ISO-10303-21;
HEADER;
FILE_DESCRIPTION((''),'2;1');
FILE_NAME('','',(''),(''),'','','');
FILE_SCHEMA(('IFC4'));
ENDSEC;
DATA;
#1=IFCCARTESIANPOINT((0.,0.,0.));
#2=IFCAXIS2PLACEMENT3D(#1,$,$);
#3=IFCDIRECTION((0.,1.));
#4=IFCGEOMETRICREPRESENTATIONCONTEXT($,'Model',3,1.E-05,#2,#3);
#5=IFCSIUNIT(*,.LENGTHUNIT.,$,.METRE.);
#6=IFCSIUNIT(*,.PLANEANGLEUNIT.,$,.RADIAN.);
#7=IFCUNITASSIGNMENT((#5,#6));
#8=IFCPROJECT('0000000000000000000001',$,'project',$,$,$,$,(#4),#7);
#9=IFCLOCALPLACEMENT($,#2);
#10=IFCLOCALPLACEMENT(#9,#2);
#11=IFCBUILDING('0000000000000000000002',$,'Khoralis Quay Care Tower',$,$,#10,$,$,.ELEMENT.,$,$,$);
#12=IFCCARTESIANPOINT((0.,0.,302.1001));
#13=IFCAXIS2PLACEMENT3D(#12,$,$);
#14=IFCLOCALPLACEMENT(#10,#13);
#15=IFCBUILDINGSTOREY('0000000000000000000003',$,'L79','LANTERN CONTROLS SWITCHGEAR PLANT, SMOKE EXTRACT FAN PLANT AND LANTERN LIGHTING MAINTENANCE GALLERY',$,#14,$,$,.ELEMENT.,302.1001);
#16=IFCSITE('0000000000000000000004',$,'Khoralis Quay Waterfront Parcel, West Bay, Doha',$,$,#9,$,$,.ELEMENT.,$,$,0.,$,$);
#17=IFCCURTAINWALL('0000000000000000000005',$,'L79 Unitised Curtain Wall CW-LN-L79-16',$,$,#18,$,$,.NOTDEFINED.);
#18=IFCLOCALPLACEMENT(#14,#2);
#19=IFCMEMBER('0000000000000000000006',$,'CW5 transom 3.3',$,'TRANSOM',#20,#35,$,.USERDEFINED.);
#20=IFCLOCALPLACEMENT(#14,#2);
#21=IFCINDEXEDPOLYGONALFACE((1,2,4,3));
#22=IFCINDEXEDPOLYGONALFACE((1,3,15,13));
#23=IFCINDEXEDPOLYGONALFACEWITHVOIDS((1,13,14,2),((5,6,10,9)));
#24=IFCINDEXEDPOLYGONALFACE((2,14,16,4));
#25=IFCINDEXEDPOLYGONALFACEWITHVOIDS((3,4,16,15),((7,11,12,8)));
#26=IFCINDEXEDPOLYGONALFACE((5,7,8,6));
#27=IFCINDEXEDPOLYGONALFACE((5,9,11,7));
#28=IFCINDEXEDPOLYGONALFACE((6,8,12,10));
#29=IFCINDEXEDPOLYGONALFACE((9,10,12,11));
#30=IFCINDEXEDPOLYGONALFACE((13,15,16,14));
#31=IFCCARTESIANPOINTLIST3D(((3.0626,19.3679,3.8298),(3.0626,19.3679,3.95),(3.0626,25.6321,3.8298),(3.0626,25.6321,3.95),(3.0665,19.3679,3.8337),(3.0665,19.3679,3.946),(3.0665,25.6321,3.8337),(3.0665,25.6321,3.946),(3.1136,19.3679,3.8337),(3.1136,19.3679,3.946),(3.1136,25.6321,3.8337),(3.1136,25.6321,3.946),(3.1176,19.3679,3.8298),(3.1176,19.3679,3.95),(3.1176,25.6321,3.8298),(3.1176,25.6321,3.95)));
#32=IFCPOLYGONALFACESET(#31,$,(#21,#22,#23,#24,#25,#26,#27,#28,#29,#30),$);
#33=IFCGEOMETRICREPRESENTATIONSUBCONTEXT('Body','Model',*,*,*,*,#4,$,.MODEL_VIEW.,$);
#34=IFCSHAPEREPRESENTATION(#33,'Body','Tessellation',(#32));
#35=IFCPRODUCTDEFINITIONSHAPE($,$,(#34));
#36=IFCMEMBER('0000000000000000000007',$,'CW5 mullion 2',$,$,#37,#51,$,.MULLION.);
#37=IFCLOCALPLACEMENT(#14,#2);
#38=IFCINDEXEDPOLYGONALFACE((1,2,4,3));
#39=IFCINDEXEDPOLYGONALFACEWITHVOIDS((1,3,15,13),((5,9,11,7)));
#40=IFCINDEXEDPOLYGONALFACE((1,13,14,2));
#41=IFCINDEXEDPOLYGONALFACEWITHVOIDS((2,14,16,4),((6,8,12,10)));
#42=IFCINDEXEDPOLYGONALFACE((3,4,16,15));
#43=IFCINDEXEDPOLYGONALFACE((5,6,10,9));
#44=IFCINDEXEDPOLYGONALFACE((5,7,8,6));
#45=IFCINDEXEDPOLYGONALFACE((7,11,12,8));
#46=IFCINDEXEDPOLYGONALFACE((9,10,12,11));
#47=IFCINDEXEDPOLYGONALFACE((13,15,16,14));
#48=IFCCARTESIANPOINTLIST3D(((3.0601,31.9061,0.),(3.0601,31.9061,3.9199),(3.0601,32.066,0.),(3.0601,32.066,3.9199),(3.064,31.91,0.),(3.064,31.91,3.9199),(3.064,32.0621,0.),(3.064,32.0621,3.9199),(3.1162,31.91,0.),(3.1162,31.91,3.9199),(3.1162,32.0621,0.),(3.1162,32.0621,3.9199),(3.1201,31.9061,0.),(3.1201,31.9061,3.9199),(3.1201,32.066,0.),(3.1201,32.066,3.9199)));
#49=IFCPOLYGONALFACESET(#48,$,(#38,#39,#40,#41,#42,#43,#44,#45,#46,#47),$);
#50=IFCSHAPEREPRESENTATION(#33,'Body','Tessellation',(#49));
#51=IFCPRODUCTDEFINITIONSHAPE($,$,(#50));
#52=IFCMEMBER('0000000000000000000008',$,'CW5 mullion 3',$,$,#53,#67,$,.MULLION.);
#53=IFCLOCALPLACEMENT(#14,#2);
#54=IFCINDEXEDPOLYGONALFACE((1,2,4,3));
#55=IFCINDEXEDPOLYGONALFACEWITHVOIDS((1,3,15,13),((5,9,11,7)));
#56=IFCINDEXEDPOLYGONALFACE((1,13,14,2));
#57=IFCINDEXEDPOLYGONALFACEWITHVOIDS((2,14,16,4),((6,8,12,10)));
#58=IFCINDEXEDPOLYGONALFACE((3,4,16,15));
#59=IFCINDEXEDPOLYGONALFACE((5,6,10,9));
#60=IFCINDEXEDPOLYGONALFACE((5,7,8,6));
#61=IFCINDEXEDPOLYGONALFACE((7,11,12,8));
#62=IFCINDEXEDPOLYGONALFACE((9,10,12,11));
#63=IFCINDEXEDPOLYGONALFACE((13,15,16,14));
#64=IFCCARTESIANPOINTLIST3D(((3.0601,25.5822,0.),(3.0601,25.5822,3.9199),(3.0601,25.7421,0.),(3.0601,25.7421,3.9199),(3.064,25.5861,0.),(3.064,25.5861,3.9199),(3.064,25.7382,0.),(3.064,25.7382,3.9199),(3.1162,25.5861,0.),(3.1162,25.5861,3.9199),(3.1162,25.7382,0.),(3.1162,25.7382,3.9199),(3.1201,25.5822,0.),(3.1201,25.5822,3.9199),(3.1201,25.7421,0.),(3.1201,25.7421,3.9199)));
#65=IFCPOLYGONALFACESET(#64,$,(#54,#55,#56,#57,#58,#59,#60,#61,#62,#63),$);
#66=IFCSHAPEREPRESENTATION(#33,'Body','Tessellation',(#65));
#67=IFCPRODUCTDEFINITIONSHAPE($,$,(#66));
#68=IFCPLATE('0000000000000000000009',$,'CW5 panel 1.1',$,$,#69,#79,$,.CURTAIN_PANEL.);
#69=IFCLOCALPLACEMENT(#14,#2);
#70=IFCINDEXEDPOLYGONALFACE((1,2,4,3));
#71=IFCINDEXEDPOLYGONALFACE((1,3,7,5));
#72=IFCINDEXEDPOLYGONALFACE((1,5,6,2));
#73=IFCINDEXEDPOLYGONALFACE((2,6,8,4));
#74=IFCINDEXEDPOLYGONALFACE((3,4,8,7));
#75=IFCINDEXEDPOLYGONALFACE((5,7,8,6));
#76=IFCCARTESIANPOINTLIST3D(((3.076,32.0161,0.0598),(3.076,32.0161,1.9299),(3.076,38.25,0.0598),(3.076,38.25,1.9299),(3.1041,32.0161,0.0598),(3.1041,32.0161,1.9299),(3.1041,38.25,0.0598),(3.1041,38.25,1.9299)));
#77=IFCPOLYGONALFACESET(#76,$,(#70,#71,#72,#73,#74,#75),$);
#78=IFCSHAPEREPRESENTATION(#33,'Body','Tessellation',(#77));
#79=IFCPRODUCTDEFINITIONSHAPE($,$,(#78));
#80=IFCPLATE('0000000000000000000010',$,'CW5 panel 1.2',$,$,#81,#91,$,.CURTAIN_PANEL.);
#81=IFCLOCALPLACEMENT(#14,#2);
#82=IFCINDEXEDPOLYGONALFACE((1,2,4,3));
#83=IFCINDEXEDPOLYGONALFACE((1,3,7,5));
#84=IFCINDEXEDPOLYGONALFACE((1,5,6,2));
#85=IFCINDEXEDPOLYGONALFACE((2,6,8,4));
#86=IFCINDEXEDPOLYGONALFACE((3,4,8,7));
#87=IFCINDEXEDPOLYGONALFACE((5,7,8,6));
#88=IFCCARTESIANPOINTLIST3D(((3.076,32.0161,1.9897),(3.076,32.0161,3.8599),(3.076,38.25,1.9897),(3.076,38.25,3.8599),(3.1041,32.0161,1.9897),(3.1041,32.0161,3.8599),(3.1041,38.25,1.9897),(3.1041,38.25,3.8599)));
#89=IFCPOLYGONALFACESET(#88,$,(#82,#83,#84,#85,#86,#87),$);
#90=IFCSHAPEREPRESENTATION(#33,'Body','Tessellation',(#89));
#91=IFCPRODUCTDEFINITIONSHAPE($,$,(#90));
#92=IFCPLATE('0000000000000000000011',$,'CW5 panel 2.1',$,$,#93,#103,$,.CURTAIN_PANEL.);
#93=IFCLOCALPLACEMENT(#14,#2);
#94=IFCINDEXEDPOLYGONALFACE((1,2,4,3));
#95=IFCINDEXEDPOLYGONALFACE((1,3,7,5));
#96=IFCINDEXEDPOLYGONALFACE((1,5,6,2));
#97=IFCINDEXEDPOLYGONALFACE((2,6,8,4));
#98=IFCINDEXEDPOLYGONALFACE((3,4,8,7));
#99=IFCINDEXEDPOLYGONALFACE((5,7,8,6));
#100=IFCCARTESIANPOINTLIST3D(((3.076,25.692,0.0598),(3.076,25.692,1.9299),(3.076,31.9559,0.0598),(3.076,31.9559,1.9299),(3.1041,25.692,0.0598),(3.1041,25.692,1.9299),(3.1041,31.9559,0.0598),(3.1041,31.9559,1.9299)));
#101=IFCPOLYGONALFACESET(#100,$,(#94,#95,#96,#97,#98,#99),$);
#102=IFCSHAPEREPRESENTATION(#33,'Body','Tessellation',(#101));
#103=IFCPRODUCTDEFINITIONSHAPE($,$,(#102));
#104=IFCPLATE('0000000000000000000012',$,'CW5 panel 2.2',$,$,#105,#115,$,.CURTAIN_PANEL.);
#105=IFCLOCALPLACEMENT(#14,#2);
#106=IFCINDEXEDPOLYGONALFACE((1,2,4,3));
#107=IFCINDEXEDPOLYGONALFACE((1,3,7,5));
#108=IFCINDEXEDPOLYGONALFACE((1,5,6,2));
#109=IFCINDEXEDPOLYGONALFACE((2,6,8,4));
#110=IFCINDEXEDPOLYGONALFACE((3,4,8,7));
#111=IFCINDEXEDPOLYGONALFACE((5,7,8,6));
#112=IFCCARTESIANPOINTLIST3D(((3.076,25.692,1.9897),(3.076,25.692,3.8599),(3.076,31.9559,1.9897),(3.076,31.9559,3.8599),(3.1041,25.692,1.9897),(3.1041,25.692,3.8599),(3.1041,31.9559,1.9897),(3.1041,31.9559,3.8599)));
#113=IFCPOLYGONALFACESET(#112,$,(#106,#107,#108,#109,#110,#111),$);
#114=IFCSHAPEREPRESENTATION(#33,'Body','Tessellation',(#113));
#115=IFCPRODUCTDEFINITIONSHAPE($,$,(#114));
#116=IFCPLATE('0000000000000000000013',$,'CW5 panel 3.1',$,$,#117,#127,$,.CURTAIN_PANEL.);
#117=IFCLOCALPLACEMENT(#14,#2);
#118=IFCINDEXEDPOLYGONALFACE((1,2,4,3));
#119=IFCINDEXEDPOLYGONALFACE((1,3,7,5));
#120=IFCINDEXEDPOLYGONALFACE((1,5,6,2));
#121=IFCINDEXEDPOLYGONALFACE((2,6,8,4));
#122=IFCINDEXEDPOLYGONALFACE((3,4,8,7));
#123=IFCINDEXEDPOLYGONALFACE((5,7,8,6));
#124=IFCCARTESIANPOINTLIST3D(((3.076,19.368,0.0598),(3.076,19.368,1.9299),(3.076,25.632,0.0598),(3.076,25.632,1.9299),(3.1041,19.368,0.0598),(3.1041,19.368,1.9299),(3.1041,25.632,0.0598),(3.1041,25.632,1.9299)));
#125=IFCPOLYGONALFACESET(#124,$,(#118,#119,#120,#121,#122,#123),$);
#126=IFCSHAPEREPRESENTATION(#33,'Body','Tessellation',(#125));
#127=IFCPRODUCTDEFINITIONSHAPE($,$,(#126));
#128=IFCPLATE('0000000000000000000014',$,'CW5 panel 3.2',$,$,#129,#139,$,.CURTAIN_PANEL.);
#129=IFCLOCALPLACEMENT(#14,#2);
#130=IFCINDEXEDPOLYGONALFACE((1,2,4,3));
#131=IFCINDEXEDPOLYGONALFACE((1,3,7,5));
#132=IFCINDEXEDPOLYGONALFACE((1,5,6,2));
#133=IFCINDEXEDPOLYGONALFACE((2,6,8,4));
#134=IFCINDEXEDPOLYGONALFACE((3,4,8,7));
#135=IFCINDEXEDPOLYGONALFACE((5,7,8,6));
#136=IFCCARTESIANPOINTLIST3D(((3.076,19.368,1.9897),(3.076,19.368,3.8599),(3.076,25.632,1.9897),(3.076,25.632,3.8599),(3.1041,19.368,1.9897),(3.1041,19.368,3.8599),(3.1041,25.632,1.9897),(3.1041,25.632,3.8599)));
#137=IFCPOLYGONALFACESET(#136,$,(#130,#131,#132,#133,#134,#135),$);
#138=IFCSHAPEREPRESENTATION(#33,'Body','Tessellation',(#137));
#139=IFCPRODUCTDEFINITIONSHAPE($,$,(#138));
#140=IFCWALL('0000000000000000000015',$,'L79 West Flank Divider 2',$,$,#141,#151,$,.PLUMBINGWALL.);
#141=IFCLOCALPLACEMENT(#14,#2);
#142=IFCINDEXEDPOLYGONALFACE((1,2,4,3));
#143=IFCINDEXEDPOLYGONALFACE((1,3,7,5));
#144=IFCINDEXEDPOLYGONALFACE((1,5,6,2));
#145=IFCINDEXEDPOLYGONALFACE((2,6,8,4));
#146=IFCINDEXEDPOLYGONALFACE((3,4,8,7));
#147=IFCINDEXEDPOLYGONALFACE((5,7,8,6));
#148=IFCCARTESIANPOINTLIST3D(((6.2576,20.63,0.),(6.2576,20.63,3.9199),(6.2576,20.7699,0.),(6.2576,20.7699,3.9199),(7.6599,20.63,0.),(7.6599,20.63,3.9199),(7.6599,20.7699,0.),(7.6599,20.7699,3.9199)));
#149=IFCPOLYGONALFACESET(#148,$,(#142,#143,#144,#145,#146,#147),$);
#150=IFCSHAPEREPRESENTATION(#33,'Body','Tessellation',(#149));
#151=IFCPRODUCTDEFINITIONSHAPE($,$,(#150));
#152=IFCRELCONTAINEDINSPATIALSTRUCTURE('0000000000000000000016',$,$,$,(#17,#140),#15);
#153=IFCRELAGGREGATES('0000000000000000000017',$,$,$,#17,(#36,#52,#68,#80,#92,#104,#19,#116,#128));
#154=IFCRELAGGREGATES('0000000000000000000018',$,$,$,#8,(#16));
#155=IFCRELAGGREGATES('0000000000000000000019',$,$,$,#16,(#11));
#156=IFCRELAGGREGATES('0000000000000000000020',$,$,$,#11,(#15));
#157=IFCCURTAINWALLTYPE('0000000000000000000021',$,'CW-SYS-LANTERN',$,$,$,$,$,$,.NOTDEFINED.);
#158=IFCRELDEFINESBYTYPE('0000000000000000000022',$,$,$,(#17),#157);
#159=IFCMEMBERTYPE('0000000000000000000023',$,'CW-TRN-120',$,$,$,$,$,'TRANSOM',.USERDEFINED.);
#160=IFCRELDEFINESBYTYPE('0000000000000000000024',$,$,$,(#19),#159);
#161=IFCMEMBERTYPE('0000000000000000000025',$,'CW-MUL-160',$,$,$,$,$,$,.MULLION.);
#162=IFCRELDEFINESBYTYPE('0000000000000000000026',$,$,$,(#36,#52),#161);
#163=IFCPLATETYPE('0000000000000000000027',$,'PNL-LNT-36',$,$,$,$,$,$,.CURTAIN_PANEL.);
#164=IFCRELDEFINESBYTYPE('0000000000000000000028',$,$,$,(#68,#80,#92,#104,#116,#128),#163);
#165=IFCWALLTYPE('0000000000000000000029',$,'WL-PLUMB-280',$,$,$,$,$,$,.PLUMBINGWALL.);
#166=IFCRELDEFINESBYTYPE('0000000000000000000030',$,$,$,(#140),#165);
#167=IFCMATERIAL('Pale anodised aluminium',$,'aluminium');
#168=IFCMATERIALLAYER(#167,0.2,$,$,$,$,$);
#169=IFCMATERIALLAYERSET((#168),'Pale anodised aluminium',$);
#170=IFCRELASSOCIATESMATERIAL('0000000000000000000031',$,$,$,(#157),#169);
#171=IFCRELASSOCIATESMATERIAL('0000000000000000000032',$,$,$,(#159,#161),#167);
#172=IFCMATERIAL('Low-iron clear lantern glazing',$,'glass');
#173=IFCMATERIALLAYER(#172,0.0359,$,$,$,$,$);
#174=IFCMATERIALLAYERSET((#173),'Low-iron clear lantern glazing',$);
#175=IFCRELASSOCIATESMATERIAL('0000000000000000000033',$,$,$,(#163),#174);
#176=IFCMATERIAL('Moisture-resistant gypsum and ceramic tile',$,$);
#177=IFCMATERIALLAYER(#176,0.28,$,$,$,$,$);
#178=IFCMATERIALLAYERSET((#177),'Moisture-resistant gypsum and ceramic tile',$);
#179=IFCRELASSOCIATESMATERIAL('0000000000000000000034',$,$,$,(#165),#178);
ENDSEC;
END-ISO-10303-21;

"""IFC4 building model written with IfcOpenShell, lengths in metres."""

from ifc_helpers import new_model, si_unit, direction, frame, frame_2d, origin, origin_2d, place, context, subcontext, project, spatial, rectangle, hollow_rectangle, extrude, source, transform, mapped, material, layer, layer_set, material_profile, profile_set, type_object, element, aggregate, save


model = new_model("IFC4")

# Units and contexts
model_context = context("Model", 3, precision=1e-05, world=origin(), true_north=direction((0.0, 1.0)))
body_context = subcontext(model_context, "Body", "Model", "MODEL_VIEW")
ifc_project = project(units=[si_unit("LENGTHUNIT", "METRE"), si_unit("PLANEANGLEUNIT", "RADIAN")], contexts=[model_context])

# Site, building, storey
site_placement = place(None, origin())
site = spatial("IfcSite", under=ifc_project, at=site_placement, Name="Khoralis Quay Waterfront Parcel, West Bay, Doha", CompositionType="ELEMENT", RefElevation=0.0)
building_placement = place(site_placement, origin())
building = spatial("IfcBuilding", under=site, at=building_placement, Name="Khoralis Quay Care Tower", CompositionType="ELEMENT")
storey_placement = place(building_placement, frame((0.0, 0.0, 302.1001)))
storey = spatial("IfcBuildingStorey", under=building, at=storey_placement, Name="L79", Description="LANTERN CONTROLS SWITCHGEAR PLANT, SMOKE EXTRACT FAN PLANT AND LANTERN LIGHTING MAINTENANCE GALLERY", CompositionType="ELEMENT", Elevation=302.1001)

# Curtain wall, members, plates
ifc_material_1 = material(Name="Pale anodised aluminium", Category="aluminium")
ifc_layer_1 = layer(ifc_material_1, 0.2)
ifc_layer_set_1 = layer_set([ifc_layer_1], Name="Pale anodised aluminium")
curtain_wall_type = type_object("IfcCurtainWallType", Name="CW-SYS-LANTERN", PredefinedType="NOTDEFINED", material=ifc_layer_set_1)
curtain_wall_placement = place(storey_placement, origin())
curtain_wall = element("IfcCurtainWall", 1, at=curtain_wall_placement, inside=storey, type_object=curtain_wall_type, Name="L79 Unitised Curtain Wall CW-LN-L79-16", PredefinedType="NOTDEFINED")
ifc_material_profile_1 = material_profile(ifc_material_1, hollow_rectangle(XDim=0.0549, YDim=0.1201, WallThickness=0.0039, at=origin_2d()), Name="Pale anodised aluminium")
ifc_profile_set_1 = profile_set([ifc_material_profile_1], Name="Pale anodised aluminium")
member_type_1 = type_object("IfcMemberType", Name="CW-TRN-120", ElementType="TRANSOM", PredefinedType="USERDEFINED", material=ifc_profile_set_1)
shared_shape_1 = source(origin(), body_context, "Body", "SweptSolid", [
    extrude(hollow_rectangle(XDim=0.0549, YDim=0.1201, WallThickness=0.0039, at=origin_2d()), origin(), (0.0, 0.0, 1.0), 6.2642),
])
member_1_placement = place(storey_placement, frame((3.0901, 25.6321, 3.8899), z_axis=(0.0, -1.0, 0.0), x_axis=(1.0, 0.0, 0.0)))
member_1 = element("IfcMember", 2, at=member_1_placement, type_object=member_type_1, Name="CW5 transom 3.3", ObjectType="TRANSOM", PredefinedType="USERDEFINED", context=body_context, shape_type="MappedRepresentation", body=[
    mapped(shared_shape_1, transform((0.0, 0.0, 0.0), scale=1.0)),
])
ifc_material_profile_2 = material_profile(ifc_material_1, hollow_rectangle(XDim=0.0601, YDim=0.1599, WallThickness=0.0039, at=origin_2d()), Name="Pale anodised aluminium")
ifc_profile_set_2 = profile_set([ifc_material_profile_2], Name="Pale anodised aluminium")
member_type_2 = type_object("IfcMemberType", Name="CW-MUL-160", PredefinedType="MULLION", material=ifc_profile_set_2)
shared_shape_2 = source(origin(), body_context, "Body", "SweptSolid", [
    extrude(hollow_rectangle(XDim=0.0601, YDim=0.1599, WallThickness=0.0039, at=origin_2d()), origin(), (0.0, 0.0, 1.0), 3.9199),
])
member_2_placement = place(storey_placement, frame((3.0901, 31.9861, 0.0), z_axis=(0.0, 0.0, 1.0), x_axis=(1.0, 0.0, 0.0)))
member_2 = element("IfcMember", 3, at=member_2_placement, type_object=member_type_2, Name="CW5 mullion 2", PredefinedType="MULLION", context=body_context, shape_type="MappedRepresentation", body=[
    mapped(shared_shape_2, transform((0.0, 0.0, 0.0), scale=1.0)),
])
member_3_placement = place(storey_placement, frame((3.0901, 25.6621, 0.0), z_axis=(0.0, 0.0, 1.0), x_axis=(1.0, 0.0, 0.0)))
member_3 = element("IfcMember", 4, at=member_3_placement, type_object=member_type_2, Name="CW5 mullion 3", PredefinedType="MULLION", context=body_context, shape_type="MappedRepresentation", body=[
    mapped(shared_shape_2, transform((0.0, 0.0, 0.0), scale=1.0)),
])
ifc_material_2 = material(Name="Low-iron clear lantern glazing", Category="glass")
ifc_layer_2 = layer(ifc_material_2, 0.0359)
ifc_layer_set_2 = layer_set([ifc_layer_2], Name="Low-iron clear lantern glazing")
plate_type = type_object("IfcPlateType", Name="PNL-LNT-36", PredefinedType="CURTAIN_PANEL", material=ifc_layer_set_2)
shared_shape_3 = source(origin(), body_context, "Body", "SweptSolid", [
    extrude(rectangle(XDim=6.2339, YDim=0.0281, at=origin_2d()), origin(), (0.0, 0.0, 1.0), 1.8701),
])
plate_1_placement = place(storey_placement, frame((3.0901, 35.1331, 0.0598), z_axis=(0.0, 0.0, 1.0), x_axis=(0.0, -1.0, 0.0)))
plate_1 = element("IfcPlate", 5, at=plate_1_placement, type_object=plate_type, Name="CW5 panel 1.1", PredefinedType="CURTAIN_PANEL", context=body_context, shape_type="MappedRepresentation", body=[
    mapped(shared_shape_3, transform((0.0, 0.0, 0.0), scale=1.0)),
])
plate_2_placement = place(storey_placement, frame((3.0901, 35.1331, 1.9897), z_axis=(0.0, 0.0, 1.0), x_axis=(0.0, -1.0, 0.0)))
plate_2 = element("IfcPlate", 6, at=plate_2_placement, type_object=plate_type, Name="CW5 panel 1.2", PredefinedType="CURTAIN_PANEL", context=body_context, shape_type="MappedRepresentation", body=[
    mapped(shared_shape_3, transform((0.0, 0.0, 0.0), scale=1.0)),
])
shared_shape_4 = source(origin(), body_context, "Body", "SweptSolid", [
    extrude(rectangle(XDim=6.2639, YDim=0.0281, at=origin_2d()), origin(), (0.0, 0.0, 1.0), 1.8701),
])
plate_3_placement = place(storey_placement, frame((3.0901, 28.824, 0.0598), z_axis=(0.0, 0.0, 1.0), x_axis=(0.0, -1.0, 0.0)))
plate_3 = element("IfcPlate", 7, at=plate_3_placement, type_object=plate_type, Name="CW5 panel 2.1", PredefinedType="CURTAIN_PANEL", context=body_context, shape_type="MappedRepresentation", body=[
    mapped(shared_shape_4, transform((0.0, 0.0, 0.0), scale=1.0)),
])
plate_4_placement = place(storey_placement, frame((3.0901, 28.824, 1.9897), z_axis=(0.0, 0.0, 1.0), x_axis=(0.0, -1.0, 0.0)))
plate_4 = element("IfcPlate", 8, at=plate_4_placement, type_object=plate_type, Name="CW5 panel 2.2", PredefinedType="CURTAIN_PANEL", context=body_context, shape_type="MappedRepresentation", body=[
    mapped(shared_shape_4, transform((0.0, 0.0, 0.0), scale=1.0)),
])
plate_5_placement = place(storey_placement, frame((3.0901, 22.5, 0.0598), z_axis=(0.0, 0.0, 1.0), x_axis=(0.0, -1.0, 0.0)))
plate_5 = element("IfcPlate", 9, at=plate_5_placement, type_object=plate_type, Name="CW5 panel 3.1", PredefinedType="CURTAIN_PANEL", context=body_context, shape_type="MappedRepresentation", body=[
    mapped(shared_shape_4, transform((0.0, 0.0, 0.0), scale=1.0)),
])
plate_6_placement = place(storey_placement, frame((3.0901, 22.5, 1.9897), z_axis=(0.0, 0.0, 1.0), x_axis=(0.0, -1.0, 0.0)))
plate_6 = element("IfcPlate", 10, at=plate_6_placement, type_object=plate_type, Name="CW5 panel 3.2", PredefinedType="CURTAIN_PANEL", context=body_context, shape_type="MappedRepresentation", body=[
    mapped(shared_shape_4, transform((0.0, 0.0, 0.0), scale=1.0)),
])
aggregate(curtain_wall, [member_2, member_3, plate_1, plate_2, plate_3, plate_4, member_1, plate_5, plate_6])

# Wall
ifc_material_3 = material(Name="Moisture-resistant gypsum and ceramic tile")
ifc_layer_3 = layer(ifc_material_3, 0.28)
ifc_layer_set_3 = layer_set([ifc_layer_3], Name="Moisture-resistant gypsum and ceramic tile")
wall_type = type_object("IfcWallType", Name="WL-PLUMB-280", PredefinedType="PLUMBINGWALL", material=ifc_layer_set_3)
wall_placement = place(storey_placement, frame((6.2576, 20.7, 0.0), z_axis=(0.0, 0.0, 1.0), x_axis=(1.0, 0.0, 0.0)))
element("IfcWall", 11, at=wall_placement, inside=storey, type_object=wall_type, Name="L79 West Flank Divider 2", PredefinedType="PLUMBINGWALL", context=body_context, shape_type="SweptSolid", body=[
    extrude(rectangle(XDim=1.4023, YDim=0.1399, at=frame_2d((0.7012, 0.0))), origin(), (0.0, 0.0, 1.0), 3.9199),
])

save(model, "model.ifc")
